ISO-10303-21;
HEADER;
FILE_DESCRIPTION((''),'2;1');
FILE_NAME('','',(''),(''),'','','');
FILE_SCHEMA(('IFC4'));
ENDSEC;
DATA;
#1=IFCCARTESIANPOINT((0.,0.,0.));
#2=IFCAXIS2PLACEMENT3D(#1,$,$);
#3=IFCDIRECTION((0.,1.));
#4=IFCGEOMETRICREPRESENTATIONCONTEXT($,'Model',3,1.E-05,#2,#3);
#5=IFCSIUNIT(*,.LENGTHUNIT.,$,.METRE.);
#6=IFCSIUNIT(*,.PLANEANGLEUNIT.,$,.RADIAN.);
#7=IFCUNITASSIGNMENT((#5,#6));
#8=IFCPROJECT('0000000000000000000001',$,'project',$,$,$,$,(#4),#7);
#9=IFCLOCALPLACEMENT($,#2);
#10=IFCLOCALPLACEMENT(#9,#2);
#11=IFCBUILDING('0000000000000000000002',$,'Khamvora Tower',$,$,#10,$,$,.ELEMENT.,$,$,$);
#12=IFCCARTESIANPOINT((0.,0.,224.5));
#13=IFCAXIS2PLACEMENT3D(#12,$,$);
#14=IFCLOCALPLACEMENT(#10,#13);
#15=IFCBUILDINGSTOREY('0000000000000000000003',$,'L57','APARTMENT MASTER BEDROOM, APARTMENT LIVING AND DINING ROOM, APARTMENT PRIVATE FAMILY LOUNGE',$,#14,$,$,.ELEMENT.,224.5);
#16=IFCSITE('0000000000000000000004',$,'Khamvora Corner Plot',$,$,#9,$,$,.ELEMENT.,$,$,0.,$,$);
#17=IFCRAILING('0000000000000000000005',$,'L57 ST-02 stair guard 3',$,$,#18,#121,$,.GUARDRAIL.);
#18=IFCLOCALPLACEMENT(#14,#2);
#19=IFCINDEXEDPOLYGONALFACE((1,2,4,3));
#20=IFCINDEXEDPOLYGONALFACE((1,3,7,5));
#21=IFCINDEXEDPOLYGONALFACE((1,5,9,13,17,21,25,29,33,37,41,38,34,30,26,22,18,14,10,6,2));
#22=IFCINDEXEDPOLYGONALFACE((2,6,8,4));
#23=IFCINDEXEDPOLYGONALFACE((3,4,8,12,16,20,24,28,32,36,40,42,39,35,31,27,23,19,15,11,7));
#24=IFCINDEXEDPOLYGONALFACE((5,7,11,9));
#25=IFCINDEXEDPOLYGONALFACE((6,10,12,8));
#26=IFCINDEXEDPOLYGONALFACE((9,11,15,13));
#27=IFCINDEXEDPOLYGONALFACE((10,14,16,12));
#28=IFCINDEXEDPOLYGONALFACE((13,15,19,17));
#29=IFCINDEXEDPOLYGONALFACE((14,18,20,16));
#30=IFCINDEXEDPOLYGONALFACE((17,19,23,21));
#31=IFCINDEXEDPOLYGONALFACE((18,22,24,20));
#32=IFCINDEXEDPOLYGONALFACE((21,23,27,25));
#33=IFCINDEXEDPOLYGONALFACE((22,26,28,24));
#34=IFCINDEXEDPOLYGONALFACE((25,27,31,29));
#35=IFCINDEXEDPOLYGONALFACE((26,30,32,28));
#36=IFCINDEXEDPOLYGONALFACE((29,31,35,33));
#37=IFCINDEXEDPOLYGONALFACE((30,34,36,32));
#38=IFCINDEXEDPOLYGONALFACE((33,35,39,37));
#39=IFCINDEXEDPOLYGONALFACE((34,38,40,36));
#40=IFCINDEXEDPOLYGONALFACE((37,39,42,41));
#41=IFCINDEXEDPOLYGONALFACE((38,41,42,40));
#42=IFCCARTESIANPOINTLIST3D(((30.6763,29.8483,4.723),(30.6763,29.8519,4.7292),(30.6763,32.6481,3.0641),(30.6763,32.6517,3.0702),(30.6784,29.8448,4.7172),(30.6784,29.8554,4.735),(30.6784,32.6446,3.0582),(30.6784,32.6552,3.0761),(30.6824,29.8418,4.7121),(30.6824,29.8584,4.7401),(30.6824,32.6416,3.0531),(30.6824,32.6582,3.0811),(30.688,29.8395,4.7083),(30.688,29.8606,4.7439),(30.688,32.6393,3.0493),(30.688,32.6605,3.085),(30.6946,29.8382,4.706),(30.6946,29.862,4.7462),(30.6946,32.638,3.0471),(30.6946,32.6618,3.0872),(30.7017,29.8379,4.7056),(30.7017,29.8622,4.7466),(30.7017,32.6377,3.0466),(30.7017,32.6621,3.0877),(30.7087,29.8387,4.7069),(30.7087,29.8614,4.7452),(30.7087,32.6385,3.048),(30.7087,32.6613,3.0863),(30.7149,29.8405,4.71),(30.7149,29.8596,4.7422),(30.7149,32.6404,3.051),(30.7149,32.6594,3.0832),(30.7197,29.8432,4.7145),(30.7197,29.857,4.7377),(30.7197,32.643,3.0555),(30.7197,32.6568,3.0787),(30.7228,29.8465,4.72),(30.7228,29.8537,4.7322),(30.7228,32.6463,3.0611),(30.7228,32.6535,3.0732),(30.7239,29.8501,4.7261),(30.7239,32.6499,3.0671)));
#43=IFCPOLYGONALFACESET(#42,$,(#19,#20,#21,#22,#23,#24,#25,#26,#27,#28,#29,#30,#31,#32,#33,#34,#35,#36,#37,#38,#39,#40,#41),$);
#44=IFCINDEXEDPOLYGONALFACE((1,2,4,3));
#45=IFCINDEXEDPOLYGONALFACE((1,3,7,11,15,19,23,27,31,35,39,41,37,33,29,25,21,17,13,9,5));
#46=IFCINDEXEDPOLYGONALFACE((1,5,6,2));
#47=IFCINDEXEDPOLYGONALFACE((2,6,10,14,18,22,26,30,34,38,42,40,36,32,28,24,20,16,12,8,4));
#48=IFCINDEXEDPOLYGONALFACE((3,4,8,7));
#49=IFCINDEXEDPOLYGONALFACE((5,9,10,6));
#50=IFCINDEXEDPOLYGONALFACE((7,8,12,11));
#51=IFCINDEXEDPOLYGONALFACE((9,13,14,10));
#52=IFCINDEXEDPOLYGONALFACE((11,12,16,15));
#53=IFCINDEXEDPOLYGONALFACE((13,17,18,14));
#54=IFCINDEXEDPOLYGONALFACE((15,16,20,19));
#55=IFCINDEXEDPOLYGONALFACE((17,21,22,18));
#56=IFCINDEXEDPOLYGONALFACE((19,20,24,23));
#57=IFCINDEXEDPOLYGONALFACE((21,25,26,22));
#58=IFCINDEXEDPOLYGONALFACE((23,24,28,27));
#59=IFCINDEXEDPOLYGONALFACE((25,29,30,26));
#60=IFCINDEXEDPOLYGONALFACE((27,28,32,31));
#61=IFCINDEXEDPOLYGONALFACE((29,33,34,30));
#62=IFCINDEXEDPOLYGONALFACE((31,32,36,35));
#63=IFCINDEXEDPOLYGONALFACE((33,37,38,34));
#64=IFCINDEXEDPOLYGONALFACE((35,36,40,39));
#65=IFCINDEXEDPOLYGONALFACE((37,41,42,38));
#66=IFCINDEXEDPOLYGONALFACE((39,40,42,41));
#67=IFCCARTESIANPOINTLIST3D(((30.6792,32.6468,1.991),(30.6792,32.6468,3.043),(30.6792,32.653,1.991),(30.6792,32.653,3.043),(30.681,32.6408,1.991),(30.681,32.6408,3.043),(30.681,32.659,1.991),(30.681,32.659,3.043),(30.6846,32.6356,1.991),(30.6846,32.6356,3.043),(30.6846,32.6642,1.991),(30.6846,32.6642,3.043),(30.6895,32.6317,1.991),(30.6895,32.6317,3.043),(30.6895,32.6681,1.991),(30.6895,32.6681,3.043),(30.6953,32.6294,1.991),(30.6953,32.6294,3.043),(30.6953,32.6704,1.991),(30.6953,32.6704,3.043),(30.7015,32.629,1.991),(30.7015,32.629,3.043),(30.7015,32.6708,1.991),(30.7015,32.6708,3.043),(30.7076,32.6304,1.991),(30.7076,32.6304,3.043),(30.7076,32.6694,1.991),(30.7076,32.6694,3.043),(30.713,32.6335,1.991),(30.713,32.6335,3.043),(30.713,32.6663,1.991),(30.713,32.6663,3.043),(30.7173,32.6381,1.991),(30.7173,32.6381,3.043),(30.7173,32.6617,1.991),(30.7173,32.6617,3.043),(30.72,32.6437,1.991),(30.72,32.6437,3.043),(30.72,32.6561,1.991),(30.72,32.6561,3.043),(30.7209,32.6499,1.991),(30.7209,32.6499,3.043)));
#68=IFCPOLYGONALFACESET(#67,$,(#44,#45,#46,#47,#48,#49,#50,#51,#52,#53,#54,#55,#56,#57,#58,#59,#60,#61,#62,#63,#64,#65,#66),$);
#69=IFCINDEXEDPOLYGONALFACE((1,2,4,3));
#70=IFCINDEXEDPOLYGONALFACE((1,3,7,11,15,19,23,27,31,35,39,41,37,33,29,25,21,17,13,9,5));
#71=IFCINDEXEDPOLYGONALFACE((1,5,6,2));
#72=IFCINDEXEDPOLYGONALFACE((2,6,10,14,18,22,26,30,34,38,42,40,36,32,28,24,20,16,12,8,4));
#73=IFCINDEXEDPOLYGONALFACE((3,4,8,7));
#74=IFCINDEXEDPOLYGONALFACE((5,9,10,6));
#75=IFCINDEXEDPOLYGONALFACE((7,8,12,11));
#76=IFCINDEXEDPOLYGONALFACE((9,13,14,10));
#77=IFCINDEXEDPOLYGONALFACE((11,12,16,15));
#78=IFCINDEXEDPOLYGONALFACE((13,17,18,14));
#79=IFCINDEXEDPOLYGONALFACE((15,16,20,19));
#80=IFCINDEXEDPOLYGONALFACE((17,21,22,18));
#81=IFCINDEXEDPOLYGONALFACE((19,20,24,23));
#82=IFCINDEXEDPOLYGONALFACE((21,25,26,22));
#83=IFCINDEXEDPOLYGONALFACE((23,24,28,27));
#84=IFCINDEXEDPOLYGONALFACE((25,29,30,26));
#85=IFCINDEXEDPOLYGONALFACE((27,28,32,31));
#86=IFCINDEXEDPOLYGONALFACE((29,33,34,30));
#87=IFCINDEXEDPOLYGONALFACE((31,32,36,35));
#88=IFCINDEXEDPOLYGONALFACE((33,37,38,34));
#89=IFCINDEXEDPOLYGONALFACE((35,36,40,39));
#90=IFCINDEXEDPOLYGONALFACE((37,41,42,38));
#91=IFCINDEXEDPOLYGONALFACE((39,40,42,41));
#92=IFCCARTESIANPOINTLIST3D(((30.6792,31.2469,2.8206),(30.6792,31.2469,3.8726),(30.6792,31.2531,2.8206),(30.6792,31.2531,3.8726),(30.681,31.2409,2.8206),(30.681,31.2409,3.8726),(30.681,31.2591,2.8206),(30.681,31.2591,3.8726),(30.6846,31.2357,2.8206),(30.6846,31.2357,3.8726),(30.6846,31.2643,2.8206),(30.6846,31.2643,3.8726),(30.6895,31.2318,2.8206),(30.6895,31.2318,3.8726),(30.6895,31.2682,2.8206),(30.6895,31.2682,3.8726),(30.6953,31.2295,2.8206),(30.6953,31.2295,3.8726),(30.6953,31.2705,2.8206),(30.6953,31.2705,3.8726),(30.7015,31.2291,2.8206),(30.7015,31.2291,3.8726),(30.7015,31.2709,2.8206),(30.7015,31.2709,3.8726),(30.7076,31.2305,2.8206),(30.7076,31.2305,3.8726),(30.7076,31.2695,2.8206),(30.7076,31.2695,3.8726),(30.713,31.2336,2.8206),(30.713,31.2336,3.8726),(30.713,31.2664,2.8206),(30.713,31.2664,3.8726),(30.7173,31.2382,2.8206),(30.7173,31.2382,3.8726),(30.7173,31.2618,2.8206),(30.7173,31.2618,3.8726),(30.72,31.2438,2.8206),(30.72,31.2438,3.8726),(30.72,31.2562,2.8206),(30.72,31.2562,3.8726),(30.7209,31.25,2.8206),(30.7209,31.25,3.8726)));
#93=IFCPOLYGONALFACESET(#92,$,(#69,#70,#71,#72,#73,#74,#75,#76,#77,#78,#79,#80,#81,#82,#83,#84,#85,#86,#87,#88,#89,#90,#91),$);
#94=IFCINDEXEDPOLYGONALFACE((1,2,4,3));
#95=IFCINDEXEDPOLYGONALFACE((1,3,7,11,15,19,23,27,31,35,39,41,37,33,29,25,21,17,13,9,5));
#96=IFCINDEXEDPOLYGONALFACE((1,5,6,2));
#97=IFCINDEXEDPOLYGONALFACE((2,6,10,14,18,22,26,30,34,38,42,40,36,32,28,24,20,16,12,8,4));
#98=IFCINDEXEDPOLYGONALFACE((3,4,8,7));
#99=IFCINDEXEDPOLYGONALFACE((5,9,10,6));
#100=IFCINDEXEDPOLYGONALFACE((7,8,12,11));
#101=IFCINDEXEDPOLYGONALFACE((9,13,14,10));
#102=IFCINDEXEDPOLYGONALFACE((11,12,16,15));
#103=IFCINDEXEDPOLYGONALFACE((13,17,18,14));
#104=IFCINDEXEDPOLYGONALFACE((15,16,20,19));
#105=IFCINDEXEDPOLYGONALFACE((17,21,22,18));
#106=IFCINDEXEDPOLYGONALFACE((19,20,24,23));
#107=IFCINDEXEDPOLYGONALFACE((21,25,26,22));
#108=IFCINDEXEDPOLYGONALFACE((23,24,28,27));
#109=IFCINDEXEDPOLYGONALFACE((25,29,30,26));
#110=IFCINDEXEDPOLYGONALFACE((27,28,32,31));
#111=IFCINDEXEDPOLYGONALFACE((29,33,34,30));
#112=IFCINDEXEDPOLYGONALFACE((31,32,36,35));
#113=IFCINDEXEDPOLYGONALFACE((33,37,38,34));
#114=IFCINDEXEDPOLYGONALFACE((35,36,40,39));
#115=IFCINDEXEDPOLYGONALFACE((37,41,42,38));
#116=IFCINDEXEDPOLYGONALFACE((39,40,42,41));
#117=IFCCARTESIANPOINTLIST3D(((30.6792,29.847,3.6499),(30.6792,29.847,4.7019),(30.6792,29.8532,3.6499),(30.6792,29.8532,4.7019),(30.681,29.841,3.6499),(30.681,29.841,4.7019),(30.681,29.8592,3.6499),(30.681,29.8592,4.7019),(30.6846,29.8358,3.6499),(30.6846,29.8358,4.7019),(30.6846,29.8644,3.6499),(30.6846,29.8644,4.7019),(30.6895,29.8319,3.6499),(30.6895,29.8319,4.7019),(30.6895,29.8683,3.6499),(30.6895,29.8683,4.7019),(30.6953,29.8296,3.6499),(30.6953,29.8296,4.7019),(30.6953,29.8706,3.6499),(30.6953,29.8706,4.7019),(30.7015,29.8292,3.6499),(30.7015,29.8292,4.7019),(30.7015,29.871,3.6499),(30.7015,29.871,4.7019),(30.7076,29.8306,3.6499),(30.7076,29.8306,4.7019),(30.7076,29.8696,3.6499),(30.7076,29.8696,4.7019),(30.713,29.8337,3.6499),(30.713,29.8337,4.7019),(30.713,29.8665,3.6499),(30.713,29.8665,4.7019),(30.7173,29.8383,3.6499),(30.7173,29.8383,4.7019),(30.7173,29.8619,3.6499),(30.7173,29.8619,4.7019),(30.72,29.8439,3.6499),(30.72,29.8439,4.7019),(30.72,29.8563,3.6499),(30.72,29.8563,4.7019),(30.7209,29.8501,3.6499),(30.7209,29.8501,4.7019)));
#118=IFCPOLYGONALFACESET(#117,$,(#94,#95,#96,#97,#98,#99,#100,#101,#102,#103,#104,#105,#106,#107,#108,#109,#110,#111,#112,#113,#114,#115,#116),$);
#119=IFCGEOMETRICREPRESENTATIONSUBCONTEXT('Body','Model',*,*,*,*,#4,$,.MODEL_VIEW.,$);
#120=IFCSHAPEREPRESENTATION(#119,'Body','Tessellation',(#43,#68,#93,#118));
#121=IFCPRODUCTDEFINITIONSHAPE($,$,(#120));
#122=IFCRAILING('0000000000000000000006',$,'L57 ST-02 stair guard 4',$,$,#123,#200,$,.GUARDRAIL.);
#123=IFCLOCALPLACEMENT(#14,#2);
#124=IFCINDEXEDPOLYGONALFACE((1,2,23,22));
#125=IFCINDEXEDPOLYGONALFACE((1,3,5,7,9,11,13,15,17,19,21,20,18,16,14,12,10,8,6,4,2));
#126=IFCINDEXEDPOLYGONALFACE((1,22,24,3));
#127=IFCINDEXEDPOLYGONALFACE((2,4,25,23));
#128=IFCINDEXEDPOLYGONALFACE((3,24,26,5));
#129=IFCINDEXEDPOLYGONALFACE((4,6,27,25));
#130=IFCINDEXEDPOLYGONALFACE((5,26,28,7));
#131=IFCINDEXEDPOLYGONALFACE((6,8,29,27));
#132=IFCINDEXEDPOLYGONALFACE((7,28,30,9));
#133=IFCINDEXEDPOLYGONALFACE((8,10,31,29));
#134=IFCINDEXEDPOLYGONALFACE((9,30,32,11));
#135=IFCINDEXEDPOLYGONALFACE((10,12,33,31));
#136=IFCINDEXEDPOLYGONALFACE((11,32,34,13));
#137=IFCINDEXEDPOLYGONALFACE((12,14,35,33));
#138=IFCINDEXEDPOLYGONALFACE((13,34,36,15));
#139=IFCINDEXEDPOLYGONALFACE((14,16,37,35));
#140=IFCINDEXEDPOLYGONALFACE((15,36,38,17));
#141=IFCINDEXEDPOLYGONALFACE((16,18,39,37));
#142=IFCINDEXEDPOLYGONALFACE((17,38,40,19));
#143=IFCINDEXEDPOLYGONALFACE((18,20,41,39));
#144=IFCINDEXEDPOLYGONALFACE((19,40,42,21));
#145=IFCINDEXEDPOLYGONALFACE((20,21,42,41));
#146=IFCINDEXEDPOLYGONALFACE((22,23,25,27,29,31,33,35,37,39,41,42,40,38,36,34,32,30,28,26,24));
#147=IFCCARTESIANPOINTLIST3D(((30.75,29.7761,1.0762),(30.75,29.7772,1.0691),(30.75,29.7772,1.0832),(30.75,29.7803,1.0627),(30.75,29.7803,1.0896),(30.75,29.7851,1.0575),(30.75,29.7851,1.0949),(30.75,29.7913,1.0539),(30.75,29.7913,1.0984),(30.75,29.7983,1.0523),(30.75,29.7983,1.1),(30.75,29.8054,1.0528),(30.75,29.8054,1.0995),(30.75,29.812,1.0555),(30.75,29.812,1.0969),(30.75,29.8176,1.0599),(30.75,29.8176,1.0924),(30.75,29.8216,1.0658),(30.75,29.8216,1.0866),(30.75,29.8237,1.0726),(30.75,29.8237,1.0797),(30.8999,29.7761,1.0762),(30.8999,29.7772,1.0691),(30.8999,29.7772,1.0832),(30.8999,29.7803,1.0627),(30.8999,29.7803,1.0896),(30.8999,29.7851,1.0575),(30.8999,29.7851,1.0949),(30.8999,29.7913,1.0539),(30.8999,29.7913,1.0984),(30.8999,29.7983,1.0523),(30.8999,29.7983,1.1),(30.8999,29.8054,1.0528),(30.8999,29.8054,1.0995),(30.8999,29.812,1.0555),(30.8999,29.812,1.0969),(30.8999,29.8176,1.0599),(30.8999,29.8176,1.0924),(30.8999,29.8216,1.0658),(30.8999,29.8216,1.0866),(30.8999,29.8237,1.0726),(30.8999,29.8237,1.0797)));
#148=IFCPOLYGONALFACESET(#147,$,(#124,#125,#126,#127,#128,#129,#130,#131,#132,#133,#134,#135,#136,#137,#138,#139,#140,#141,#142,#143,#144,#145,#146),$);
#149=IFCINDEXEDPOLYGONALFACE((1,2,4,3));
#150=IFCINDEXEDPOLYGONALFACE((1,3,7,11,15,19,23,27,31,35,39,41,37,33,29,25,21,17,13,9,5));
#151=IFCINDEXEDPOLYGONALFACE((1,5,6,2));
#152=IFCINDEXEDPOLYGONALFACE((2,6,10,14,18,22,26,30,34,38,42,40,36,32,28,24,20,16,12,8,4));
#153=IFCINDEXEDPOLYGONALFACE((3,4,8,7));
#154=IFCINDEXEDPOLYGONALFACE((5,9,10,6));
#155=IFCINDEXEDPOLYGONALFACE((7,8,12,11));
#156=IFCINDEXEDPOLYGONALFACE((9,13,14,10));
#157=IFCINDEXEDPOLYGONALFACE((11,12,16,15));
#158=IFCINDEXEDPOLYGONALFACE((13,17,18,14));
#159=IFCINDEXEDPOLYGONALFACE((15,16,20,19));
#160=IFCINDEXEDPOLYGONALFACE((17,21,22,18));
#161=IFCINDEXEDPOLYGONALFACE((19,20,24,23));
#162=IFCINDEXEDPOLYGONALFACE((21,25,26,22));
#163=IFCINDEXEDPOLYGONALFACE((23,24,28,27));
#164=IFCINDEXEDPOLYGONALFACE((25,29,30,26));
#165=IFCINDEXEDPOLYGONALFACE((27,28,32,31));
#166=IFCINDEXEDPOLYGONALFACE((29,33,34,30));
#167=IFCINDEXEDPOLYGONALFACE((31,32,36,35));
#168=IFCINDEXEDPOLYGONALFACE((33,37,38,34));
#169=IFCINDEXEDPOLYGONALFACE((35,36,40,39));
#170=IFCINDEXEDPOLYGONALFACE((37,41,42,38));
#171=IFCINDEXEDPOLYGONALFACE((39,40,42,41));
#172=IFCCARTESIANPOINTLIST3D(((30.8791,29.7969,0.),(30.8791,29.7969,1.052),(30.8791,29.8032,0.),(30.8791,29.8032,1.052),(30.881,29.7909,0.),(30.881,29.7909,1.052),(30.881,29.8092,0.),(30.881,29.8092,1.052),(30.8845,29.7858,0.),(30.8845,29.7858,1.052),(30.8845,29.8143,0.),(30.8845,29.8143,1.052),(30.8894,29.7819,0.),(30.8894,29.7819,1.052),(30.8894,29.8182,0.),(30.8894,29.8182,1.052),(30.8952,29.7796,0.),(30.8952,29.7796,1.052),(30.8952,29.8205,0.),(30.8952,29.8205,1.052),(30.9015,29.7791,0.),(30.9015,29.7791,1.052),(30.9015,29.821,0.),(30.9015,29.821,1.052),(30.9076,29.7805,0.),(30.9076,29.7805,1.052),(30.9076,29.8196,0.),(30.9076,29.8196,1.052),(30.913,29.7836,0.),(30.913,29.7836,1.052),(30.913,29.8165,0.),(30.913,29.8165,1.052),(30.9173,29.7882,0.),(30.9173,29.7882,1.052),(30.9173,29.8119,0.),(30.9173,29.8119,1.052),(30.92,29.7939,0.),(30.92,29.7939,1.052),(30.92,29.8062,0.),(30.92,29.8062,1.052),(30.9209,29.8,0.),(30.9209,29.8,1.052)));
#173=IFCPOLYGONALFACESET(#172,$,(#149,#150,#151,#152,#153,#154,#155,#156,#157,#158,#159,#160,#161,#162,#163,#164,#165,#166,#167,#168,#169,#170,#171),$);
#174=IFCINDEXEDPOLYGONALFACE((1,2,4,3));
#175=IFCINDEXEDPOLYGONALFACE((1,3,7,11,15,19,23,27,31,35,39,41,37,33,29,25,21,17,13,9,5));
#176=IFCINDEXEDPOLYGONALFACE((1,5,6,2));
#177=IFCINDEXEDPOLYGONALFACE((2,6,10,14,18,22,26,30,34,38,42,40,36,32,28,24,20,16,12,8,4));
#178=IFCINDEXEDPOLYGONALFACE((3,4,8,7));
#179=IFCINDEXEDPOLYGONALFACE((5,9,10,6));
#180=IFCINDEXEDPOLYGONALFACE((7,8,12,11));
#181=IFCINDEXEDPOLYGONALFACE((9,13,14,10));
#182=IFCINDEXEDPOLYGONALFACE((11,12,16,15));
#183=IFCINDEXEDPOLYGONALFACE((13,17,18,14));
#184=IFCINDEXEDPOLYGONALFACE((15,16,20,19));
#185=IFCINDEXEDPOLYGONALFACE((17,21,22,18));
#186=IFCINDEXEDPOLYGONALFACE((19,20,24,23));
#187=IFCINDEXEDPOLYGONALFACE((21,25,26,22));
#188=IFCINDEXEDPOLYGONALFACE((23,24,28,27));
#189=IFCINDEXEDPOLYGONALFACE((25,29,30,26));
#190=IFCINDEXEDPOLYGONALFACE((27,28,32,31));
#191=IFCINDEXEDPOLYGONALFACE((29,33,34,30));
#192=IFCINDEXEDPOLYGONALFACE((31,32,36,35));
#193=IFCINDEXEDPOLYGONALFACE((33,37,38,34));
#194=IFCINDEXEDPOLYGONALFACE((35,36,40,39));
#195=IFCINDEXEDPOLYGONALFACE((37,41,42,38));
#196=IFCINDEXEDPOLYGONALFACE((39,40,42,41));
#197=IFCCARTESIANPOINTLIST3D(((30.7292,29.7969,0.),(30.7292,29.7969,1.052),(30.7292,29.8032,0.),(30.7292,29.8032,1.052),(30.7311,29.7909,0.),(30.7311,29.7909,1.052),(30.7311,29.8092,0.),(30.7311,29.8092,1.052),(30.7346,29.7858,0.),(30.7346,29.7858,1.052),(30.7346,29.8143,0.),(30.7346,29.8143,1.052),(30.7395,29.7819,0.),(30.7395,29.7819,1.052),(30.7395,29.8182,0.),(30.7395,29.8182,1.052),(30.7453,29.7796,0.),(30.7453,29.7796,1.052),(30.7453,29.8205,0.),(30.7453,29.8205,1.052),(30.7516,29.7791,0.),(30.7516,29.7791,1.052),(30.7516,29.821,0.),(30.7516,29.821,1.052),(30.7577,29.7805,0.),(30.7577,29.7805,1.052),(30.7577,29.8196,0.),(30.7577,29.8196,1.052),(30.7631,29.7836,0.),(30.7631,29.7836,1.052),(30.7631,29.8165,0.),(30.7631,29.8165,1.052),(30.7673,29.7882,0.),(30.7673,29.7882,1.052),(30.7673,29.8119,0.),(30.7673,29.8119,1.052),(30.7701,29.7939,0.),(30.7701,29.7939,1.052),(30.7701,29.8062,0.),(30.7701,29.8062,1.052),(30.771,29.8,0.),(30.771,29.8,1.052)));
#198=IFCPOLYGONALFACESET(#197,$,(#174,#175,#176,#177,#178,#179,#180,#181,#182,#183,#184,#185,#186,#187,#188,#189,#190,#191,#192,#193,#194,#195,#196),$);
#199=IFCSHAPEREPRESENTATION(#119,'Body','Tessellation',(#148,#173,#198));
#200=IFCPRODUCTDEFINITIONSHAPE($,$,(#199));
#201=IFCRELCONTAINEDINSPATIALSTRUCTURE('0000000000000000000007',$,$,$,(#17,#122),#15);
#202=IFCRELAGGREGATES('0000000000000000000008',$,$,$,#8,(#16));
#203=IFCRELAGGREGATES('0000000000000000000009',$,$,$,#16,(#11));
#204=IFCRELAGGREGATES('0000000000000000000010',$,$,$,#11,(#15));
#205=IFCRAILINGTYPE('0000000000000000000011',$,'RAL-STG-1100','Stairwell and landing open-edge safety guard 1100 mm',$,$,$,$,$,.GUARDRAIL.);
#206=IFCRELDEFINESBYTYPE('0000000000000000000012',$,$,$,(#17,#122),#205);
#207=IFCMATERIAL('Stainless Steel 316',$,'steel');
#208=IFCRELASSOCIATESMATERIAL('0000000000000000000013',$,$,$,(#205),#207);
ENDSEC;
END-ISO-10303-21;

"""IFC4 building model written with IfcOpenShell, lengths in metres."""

from ifc_helpers import new_model, si_unit, direction, frame, origin, origin_2d, place, context, subcontext, project, spatial, circle, extrude, material, type_object, element, save


model = new_model("IFC4")

# Units and contexts
model_context = context("Model", 3, precision=1e-05, world=origin(), true_north=direction((0.0, 1.0)))
body_context = subcontext(model_context, "Body", "Model", "MODEL_VIEW")
ifc_project = project(units=[si_unit("LENGTHUNIT", "METRE"), si_unit("PLANEANGLEUNIT", "RADIAN")], contexts=[model_context])

# Site, building, storey
site_placement = place(None, origin())
site = spatial("IfcSite", under=ifc_project, at=site_placement, Name="Khamvora Corner Plot", CompositionType="ELEMENT", RefElevation=0.0)
building_placement = place(site_placement, origin())
building = spatial("IfcBuilding", under=site, at=building_placement, Name="Khamvora Tower", CompositionType="ELEMENT")
storey_placement = place(building_placement, frame((0.0, 0.0, 224.5)))
storey = spatial("IfcBuildingStorey", under=building, at=storey_placement, Name="L57", Description="APARTMENT MASTER BEDROOM, APARTMENT LIVING AND DINING ROOM, APARTMENT PRIVATE FAMILY LOUNGE", CompositionType="ELEMENT", Elevation=224.5)

# Railings
ifc_material_1 = material(Name="Stainless Steel 316", Category="steel")
railing_type_1 = type_object("IfcRailingType", Name="RAL-STG-1100", Description="Stairwell and landing open-edge safety guard 1100 mm", PredefinedType="GUARDRAIL", material=ifc_material_1)
railing_1_placement = place(storey_placement, frame((30.7, 32.6499, 1.991)))
element("IfcRailing", 1, at=railing_1_placement, inside=storey, type_object=railing_type_1, Name="L57 ST-02 stair guard 3", PredefinedType="GUARDRAIL", context=body_context, shape_type="SweptSolid", body=[
    extrude(circle(Radius=0.0239, at=origin_2d()), frame((0.0, 0.0, 1.0762), z_axis=(0.0, -0.86032, 0.509755), x_axis=(1.0, 0.0, 0.0)), (0.0, 0.0, 1.0), 3.2544),
    extrude(circle(Radius=0.021, at=origin_2d()), origin(), (0.0, 0.0, 1.0), 1.052),
    extrude(circle(Radius=0.021, at=origin_2d()), frame((0.0, -1.3999, 0.8296)), (0.0, 0.0, 1.0), 1.052),
    extrude(circle(Radius=0.021, at=origin_2d()), frame((0.0, -2.7998, 1.6589)), (0.0, 0.0, 1.0), 1.052),
])
railing_2_placement = place(storey_placement, frame((30.8999, 29.8, 0.0)))
element("IfcRailing", 2, at=railing_2_placement, inside=storey, type_object=railing_type_1, Name="L57 ST-02 stair guard 4", PredefinedType="GUARDRAIL", context=body_context, shape_type="SweptSolid", body=[
    extrude(circle(Radius=0.0239, at=origin_2d()), frame((0.0, 0.0, 1.0762), z_axis=(-1.0, 0.0, 0.0), x_axis=(0.0, -1.0, 0.0)), (0.0, 0.0, 1.0), 0.1499),
    extrude(circle(Radius=0.021, at=origin_2d()), origin(), (0.0, 0.0, 1.0), 1.052),
    extrude(circle(Radius=0.021, at=origin_2d()), frame((-0.1499, 0.0, 0.0)), (0.0, 0.0, 1.0), 1.052),
])

save(model, "model.ifc")
